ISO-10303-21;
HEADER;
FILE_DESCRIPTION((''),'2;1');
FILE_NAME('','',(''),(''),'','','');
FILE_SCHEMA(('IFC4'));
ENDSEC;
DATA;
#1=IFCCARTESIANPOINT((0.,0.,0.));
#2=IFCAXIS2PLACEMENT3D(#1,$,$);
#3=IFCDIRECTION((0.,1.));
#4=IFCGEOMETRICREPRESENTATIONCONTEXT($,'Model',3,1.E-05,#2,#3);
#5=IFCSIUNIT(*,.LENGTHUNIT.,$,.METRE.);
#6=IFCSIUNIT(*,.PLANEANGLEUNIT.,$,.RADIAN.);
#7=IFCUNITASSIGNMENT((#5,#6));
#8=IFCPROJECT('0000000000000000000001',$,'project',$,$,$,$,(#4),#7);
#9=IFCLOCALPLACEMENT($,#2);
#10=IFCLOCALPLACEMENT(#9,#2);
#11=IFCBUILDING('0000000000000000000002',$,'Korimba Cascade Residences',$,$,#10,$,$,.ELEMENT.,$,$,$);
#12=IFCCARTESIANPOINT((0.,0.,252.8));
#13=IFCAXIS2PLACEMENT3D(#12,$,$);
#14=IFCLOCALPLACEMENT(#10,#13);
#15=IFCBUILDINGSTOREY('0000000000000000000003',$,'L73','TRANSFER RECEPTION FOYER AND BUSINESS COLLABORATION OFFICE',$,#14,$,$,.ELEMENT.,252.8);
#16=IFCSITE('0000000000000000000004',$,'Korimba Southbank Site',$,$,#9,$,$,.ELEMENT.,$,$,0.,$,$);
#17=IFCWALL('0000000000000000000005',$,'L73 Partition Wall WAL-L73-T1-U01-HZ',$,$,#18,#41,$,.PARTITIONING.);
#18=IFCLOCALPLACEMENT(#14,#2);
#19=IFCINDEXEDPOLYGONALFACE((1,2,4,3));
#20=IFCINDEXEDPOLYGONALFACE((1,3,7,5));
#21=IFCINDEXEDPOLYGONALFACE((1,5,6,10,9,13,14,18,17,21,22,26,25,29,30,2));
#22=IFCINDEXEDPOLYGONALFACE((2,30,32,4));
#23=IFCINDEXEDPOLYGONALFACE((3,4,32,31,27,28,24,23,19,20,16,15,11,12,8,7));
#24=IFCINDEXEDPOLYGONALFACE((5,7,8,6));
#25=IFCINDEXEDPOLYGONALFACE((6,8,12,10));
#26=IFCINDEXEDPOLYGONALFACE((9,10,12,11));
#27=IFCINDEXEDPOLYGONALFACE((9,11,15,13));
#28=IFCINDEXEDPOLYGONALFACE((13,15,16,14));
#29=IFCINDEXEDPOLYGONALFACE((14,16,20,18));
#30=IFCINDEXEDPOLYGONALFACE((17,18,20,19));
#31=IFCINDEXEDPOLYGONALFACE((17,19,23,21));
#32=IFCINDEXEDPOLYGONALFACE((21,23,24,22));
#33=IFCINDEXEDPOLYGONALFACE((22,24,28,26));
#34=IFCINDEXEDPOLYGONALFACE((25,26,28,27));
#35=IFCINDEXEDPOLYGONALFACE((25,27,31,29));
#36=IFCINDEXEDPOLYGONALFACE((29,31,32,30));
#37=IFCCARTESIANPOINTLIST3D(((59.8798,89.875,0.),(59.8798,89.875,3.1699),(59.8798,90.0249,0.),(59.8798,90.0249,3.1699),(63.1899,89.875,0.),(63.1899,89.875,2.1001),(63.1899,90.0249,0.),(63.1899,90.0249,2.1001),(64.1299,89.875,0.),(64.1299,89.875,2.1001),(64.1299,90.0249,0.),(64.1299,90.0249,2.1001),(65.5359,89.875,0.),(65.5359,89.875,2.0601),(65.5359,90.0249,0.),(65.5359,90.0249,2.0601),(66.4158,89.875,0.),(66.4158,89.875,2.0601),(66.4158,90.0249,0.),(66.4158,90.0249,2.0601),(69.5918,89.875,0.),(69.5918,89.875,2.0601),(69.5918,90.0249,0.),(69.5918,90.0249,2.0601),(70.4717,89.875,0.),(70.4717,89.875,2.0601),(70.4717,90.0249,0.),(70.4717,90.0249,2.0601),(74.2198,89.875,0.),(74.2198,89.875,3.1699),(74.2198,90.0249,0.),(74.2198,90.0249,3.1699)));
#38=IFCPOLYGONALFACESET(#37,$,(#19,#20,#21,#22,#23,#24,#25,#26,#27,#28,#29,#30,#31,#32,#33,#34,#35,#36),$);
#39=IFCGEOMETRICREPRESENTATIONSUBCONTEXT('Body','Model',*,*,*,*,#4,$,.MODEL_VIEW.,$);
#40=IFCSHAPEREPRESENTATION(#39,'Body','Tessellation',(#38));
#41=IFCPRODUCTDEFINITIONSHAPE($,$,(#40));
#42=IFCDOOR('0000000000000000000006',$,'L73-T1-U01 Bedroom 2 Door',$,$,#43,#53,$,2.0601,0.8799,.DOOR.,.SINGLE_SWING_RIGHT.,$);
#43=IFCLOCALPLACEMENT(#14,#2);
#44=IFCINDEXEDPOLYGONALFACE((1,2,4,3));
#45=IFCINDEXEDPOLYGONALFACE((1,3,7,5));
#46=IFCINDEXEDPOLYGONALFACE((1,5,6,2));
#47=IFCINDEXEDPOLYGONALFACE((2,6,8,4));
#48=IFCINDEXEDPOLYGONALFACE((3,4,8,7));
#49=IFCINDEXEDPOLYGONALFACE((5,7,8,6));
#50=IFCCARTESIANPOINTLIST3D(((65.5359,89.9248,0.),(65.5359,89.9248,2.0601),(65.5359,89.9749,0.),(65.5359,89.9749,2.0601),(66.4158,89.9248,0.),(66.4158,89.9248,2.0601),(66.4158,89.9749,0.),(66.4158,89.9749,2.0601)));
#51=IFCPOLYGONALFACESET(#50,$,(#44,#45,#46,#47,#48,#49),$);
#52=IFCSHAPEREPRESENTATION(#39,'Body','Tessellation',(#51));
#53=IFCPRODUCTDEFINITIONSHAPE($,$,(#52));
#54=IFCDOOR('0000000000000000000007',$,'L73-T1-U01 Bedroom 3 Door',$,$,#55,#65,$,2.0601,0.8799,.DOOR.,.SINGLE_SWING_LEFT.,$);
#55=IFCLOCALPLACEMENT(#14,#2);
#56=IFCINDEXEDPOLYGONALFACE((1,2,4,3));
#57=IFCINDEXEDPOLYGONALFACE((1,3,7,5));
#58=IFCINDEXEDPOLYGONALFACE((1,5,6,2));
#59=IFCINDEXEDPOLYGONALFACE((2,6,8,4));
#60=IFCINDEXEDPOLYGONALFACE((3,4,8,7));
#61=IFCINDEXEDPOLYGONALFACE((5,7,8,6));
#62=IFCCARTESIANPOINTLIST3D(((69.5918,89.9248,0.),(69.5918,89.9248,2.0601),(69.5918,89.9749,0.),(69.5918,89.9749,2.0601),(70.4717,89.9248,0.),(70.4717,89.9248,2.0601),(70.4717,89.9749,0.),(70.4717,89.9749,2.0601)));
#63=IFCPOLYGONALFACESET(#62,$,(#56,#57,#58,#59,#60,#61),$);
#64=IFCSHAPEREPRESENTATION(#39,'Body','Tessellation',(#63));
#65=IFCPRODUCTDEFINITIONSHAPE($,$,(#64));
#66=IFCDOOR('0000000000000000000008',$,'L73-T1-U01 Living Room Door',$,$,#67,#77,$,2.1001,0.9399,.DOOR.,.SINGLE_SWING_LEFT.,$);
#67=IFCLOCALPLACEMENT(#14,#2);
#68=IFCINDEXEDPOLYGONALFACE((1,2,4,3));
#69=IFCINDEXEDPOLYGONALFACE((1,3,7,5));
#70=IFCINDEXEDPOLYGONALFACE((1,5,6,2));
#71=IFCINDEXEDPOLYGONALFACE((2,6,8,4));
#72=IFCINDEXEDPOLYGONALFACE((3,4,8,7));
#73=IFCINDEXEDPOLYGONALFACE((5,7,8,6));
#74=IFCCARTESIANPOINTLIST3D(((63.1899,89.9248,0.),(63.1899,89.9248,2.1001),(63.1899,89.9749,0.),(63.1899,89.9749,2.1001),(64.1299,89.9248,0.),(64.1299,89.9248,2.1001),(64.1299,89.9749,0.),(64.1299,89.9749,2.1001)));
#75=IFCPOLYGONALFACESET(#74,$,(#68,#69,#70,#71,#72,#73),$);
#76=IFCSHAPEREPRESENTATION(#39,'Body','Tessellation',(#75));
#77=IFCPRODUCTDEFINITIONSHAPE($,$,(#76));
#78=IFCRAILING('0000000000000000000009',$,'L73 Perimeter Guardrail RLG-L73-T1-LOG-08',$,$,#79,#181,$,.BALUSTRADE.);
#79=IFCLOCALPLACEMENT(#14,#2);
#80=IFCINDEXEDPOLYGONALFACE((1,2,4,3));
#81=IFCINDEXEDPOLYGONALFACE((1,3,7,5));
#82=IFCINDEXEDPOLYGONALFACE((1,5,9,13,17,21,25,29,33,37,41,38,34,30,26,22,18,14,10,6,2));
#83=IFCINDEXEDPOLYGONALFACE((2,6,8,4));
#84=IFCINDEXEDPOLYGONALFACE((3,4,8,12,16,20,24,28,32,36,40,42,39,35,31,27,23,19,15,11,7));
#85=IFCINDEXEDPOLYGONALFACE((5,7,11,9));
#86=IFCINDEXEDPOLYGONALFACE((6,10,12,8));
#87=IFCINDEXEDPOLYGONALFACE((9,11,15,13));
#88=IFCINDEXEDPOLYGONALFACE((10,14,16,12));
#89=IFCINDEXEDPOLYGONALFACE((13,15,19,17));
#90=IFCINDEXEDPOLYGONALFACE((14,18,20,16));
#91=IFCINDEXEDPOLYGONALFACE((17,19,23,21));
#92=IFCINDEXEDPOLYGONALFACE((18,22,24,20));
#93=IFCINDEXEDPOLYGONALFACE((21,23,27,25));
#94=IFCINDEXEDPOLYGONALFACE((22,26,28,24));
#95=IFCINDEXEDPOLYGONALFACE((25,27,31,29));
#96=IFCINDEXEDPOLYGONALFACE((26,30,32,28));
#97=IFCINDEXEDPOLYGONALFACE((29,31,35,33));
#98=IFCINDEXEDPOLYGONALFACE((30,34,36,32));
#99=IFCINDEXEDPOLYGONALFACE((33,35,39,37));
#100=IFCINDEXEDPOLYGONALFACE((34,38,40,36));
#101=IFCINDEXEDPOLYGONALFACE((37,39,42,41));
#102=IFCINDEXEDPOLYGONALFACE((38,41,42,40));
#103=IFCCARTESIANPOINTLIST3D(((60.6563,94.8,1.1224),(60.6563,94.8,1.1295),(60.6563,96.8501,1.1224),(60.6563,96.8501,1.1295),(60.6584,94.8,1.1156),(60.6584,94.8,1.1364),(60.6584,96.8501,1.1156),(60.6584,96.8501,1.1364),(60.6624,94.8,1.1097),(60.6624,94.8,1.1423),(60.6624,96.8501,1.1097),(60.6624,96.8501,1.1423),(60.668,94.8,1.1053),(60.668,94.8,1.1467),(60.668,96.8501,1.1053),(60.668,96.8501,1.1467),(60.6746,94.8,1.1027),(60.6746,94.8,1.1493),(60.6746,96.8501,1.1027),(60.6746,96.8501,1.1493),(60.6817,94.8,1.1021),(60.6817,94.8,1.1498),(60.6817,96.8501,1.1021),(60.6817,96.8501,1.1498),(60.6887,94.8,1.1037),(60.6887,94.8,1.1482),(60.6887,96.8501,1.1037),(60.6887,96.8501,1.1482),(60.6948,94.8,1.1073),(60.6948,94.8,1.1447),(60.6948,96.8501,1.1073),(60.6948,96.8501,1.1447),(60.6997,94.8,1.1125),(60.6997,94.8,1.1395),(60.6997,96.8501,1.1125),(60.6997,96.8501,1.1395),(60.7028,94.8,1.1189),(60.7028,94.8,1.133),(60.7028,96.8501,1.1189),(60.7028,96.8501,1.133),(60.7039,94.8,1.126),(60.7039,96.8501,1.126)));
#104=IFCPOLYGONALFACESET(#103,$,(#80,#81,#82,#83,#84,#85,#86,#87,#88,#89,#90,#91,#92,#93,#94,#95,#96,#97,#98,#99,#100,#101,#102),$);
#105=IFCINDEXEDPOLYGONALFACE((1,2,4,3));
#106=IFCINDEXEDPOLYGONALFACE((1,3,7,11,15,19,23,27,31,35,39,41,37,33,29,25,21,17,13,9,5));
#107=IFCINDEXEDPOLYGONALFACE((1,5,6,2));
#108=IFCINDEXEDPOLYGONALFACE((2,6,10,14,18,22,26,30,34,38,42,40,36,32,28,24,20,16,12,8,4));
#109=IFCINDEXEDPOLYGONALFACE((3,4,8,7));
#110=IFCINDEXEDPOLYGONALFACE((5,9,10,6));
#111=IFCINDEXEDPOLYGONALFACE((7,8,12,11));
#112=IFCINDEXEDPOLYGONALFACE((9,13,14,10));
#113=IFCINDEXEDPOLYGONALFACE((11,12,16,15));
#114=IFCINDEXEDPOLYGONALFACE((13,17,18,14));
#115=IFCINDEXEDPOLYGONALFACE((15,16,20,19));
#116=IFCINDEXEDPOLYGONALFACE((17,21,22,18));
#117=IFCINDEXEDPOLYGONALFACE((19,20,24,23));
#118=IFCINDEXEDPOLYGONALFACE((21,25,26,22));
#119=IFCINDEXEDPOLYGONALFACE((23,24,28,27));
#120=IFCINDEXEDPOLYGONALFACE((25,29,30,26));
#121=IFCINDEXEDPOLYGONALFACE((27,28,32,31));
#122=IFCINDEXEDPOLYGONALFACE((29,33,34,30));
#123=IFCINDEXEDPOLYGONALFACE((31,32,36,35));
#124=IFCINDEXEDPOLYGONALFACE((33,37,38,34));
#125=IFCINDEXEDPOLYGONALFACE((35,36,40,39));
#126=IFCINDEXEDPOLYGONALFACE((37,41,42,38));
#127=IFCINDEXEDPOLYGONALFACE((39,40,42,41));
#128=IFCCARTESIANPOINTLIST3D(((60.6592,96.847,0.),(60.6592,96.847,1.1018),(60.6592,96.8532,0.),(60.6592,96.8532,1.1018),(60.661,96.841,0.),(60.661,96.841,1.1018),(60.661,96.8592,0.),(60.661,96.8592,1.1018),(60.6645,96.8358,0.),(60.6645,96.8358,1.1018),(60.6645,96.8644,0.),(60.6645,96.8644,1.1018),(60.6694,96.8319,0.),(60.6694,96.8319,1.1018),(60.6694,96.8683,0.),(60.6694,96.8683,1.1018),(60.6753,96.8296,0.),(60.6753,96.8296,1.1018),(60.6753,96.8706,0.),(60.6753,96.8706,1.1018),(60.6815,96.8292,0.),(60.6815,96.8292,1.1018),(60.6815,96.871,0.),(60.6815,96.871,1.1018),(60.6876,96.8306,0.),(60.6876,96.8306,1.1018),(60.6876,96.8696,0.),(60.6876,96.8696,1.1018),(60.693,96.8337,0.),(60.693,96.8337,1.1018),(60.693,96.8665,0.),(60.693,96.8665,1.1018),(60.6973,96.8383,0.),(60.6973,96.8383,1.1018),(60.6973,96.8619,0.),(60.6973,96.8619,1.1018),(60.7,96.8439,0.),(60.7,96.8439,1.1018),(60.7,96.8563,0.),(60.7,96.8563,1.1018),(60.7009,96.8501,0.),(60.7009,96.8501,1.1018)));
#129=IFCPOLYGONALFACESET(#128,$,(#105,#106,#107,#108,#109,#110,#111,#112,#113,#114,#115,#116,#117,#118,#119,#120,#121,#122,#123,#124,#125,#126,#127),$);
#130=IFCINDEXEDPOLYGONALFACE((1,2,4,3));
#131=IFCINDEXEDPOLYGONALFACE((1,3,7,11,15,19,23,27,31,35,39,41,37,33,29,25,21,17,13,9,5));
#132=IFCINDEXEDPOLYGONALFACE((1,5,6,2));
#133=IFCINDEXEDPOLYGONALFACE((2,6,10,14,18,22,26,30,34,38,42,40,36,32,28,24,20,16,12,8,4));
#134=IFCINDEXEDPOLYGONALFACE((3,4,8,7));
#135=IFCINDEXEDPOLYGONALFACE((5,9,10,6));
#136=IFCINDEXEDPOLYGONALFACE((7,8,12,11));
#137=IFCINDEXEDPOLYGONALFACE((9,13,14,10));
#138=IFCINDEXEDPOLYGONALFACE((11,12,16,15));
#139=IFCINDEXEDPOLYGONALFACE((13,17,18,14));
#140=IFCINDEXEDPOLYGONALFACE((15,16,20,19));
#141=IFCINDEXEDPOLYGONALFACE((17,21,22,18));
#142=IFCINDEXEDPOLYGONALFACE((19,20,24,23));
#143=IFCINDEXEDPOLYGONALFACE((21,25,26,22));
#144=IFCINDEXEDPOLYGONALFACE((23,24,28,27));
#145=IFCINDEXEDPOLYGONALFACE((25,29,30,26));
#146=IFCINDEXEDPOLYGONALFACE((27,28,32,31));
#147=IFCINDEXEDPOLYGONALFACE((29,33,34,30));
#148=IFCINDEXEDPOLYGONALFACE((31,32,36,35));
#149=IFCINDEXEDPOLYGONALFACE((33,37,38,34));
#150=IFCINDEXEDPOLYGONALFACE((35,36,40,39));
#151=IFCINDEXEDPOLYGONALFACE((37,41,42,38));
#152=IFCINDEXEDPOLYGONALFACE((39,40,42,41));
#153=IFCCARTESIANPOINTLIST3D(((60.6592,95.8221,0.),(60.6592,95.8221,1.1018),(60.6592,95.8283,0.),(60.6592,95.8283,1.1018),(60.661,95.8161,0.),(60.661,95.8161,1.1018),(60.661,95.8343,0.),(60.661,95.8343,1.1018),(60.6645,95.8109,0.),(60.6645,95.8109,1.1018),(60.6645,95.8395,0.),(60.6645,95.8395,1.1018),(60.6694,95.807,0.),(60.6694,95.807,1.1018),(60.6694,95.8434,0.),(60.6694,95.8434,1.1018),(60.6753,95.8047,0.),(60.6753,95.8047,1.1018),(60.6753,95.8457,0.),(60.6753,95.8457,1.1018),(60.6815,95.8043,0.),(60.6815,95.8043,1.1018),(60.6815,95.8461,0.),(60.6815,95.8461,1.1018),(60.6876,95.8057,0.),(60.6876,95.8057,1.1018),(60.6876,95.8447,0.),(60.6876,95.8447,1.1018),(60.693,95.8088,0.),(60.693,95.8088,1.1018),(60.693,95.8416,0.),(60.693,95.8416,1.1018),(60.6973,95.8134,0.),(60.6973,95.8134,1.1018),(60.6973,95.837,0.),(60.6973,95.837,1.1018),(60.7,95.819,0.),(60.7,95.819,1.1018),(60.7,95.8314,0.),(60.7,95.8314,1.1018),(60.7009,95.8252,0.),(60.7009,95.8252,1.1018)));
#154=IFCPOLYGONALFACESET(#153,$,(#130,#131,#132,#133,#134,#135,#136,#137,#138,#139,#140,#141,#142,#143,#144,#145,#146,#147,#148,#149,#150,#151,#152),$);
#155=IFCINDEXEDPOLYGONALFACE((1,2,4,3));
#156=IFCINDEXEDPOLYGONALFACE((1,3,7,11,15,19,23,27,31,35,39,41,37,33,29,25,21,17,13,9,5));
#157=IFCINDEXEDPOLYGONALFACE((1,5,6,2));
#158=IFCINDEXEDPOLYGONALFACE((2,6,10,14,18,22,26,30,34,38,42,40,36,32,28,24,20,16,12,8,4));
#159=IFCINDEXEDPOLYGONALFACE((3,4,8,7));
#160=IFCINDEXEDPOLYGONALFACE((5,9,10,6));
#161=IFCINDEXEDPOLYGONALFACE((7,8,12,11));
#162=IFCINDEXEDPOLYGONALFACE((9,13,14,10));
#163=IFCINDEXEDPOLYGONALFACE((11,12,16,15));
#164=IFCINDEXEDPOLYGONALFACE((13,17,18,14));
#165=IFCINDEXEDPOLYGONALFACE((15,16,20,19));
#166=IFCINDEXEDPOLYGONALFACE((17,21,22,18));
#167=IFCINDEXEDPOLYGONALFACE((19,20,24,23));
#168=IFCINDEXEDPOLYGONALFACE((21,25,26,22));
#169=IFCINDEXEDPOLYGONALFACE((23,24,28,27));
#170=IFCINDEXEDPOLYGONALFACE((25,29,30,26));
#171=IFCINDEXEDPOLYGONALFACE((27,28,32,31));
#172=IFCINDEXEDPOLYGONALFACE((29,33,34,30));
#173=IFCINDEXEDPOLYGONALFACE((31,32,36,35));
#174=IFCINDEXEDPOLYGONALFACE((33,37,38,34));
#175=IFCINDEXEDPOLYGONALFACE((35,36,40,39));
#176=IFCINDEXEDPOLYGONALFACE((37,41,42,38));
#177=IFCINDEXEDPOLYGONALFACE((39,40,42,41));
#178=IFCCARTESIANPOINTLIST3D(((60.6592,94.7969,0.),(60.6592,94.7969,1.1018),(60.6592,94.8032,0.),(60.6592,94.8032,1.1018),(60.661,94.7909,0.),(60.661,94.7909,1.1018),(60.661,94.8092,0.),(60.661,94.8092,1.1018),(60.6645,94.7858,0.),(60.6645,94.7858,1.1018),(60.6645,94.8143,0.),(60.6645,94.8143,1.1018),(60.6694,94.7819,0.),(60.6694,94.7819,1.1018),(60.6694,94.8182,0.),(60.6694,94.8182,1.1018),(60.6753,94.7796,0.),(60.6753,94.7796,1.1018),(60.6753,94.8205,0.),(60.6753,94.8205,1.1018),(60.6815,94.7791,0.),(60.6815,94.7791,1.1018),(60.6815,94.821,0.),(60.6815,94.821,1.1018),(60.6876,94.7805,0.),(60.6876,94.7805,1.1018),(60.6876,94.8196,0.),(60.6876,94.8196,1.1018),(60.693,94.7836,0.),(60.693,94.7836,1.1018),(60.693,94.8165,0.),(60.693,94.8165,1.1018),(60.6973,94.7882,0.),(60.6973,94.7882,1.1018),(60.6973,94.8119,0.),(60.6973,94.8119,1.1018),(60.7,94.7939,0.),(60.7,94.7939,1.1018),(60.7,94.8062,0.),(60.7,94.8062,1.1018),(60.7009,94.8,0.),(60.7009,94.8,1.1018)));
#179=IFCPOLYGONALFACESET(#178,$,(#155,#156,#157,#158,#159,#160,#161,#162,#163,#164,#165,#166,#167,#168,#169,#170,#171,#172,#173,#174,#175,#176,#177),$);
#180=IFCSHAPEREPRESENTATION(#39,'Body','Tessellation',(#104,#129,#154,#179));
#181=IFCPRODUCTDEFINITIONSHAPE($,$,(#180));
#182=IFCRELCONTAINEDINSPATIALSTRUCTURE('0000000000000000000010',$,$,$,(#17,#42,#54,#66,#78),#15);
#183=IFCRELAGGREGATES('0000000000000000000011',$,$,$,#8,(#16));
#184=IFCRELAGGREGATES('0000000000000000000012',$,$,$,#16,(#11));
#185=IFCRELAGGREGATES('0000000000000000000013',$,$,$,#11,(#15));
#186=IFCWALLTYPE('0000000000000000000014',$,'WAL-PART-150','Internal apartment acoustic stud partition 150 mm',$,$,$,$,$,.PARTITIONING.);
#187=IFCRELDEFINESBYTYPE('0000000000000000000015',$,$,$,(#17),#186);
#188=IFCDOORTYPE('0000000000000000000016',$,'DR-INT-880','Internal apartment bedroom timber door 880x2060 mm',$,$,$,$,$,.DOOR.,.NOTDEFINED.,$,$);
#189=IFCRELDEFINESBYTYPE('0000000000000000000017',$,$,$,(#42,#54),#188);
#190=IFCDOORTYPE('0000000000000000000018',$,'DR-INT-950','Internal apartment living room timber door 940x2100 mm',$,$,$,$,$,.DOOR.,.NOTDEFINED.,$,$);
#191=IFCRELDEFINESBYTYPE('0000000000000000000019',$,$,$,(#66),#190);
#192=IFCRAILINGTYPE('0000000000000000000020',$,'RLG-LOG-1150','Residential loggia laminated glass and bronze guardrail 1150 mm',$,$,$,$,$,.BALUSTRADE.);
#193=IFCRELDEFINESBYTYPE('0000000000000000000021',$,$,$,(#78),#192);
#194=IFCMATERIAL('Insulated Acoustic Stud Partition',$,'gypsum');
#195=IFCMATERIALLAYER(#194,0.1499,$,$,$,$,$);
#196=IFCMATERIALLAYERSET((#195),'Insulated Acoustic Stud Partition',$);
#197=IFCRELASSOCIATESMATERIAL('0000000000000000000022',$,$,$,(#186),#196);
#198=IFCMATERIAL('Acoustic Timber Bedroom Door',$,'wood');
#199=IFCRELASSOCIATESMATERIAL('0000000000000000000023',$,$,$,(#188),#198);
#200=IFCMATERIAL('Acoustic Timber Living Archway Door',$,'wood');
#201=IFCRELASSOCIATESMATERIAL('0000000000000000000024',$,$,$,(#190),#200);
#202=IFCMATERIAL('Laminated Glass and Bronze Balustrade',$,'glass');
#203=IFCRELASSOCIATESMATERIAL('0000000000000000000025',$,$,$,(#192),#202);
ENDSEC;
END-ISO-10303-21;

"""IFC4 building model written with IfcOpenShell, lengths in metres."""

from ifc_helpers import new_model, si_unit, direction, frame, frame_2d, origin, origin_2d, place, context, subcontext, project, spatial, rectangle, circle, extrude, material, layer, layer_set, type_object, element, fill, save


model = new_model("IFC4")

# Units and contexts
model_context = context("Model", 3, precision=1e-05, world=origin(), true_north=direction((0.0, 1.0)))
body_context = subcontext(model_context, "Body", "Model", "MODEL_VIEW")
ifc_project = project(units=[si_unit("LENGTHUNIT", "METRE"), si_unit("PLANEANGLEUNIT", "RADIAN")], contexts=[model_context])

# Site, building, storey
site_placement = place(None, origin())
site = spatial("IfcSite", under=ifc_project, at=site_placement, Name="Korimba Southbank Site", CompositionType="ELEMENT", RefElevation=0.0)
building_placement = place(site_placement, origin())
building = spatial("IfcBuilding", under=site, at=building_placement, Name="Korimba Cascade Residences", CompositionType="ELEMENT")
storey_placement = place(building_placement, frame((0.0, 0.0, 252.8)))
storey = spatial("IfcBuildingStorey", under=building, at=storey_placement, Name="L73", Description="TRANSFER RECEPTION FOYER AND BUSINESS COLLABORATION OFFICE", CompositionType="ELEMENT", Elevation=252.8)

# Shared definitions
ifc_material_1 = material(Name="Insulated Acoustic Stud Partition", Category="gypsum")
ifc_layer_1 = layer(ifc_material_1, 0.1499)
ifc_layer_set_1 = layer_set([ifc_layer_1], Name="Insulated Acoustic Stud Partition")
wall_type_1 = type_object("IfcWallType", Name="WAL-PART-150", Description="Internal apartment acoustic stud partition 150 mm", PredefinedType="PARTITIONING", material=ifc_layer_set_1)

# Wall, openings, doors
wall_1_placement = place(storey_placement, frame((59.8799, 89.95, 0.0), z_axis=(0.0, 0.0, 1.0), x_axis=(1.0, 0.0, 0.0)))
wall_1 = element("IfcWall", 1, at=wall_1_placement, inside=storey, type_object=wall_type_1, Name="L73 Partition Wall WAL-L73-T1-U01-HZ", PredefinedType="PARTITIONING", context=body_context, shape_type="SweptSolid", body=[
    extrude(rectangle(XDim=14.3401, YDim=0.1499, at=frame_2d((7.1699, 0.0))), origin(), (0.0, 0.0, 1.0), 3.1699),
])
opening_1_placement = place(wall_1_placement, frame((3.3101, 0.0, 0.0)))
opening_1 = element("IfcOpeningElement", 2, at=opening_1_placement, cuts=wall_1, PredefinedType="OPENING", context=body_context, shape_type="SweptSolid", body=[
    extrude(rectangle(XDim=0.9399, YDim=2.1001, at=frame_2d((0.47, 1.05))), frame((0.0, 0.085, 0.0), z_axis=(0.0, -1.0, 0.0), x_axis=(1.0, 0.0, 0.0)), (0.0, 0.0, 1.0), 0.1699),
])
opening_2_placement = place(wall_1_placement, frame((5.656, 0.0, 0.0)))
opening_2 = element("IfcOpeningElement", 3, at=opening_2_placement, cuts=wall_1, PredefinedType="OPENING", context=body_context, shape_type="SweptSolid", body=[
    extrude(rectangle(XDim=0.8799, YDim=2.0601, at=frame_2d((0.4399, 1.03))), frame((0.0, 0.085, 0.0), z_axis=(0.0, -1.0, 0.0), x_axis=(1.0, 0.0, 0.0)), (0.0, 0.0, 1.0), 0.1699),
])
opening_3_placement = place(wall_1_placement, frame((9.7119, 0.0, 0.0)))
opening_3 = element("IfcOpeningElement", 4, at=opening_3_placement, cuts=wall_1, PredefinedType="OPENING", context=body_context, shape_type="SweptSolid", body=[
    extrude(rectangle(XDim=0.8799, YDim=2.0601, at=frame_2d((0.4399, 1.03))), frame((0.0, 0.085, 0.0), z_axis=(0.0, -1.0, 0.0), x_axis=(1.0, 0.0, 0.0)), (0.0, 0.0, 1.0), 0.1699),
])
ifc_material_2 = material(Name="Acoustic Timber Bedroom Door", Category="wood")
door_type_1 = type_object("IfcDoorType", Name="DR-INT-880", Description="Internal apartment bedroom timber door 880x2060 mm", OperationType="NOTDEFINED", PredefinedType="DOOR", material=ifc_material_2)
door_1_placement = place(opening_2_placement, origin())
door_1 = element("IfcDoor", 5, at=door_1_placement, inside=storey, type_object=door_type_1, Name="L73-T1-U01 Bedroom 2 Door", OperationType="SINGLE_SWING_RIGHT", OverallHeight=2.0601, OverallWidth=0.8799, PredefinedType="DOOR", context=body_context, shape_type="SweptSolid", body=[
    extrude(rectangle(XDim=0.8799, YDim=2.0601, at=frame_2d((0.4399, 1.03))), frame((0.0, 0.0249, 0.0), z_axis=(0.0, -1.0, 0.0), x_axis=(1.0, 0.0, 0.0)), (0.0, 0.0, 1.0), 0.05),
])
fill(opening_2, door_1)
door_2_placement = place(opening_3_placement, origin())
door_2 = element("IfcDoor", 6, at=door_2_placement, inside=storey, type_object=door_type_1, Name="L73-T1-U01 Bedroom 3 Door", OperationType="SINGLE_SWING_LEFT", OverallHeight=2.0601, OverallWidth=0.8799, PredefinedType="DOOR", context=body_context, shape_type="SweptSolid", body=[
    extrude(rectangle(XDim=0.8799, YDim=2.0601, at=frame_2d((0.4399, 1.03))), frame((0.0, 0.0249, 0.0), z_axis=(0.0, -1.0, 0.0), x_axis=(1.0, 0.0, 0.0)), (0.0, 0.0, 1.0), 0.05),
])
fill(opening_3, door_2)
ifc_material_3 = material(Name="Acoustic Timber Living Archway Door", Category="wood")
door_type_2 = type_object("IfcDoorType", Name="DR-INT-950", Description="Internal apartment living room timber door 940x2100 mm", OperationType="NOTDEFINED", PredefinedType="DOOR", material=ifc_material_3)
door_3_placement = place(opening_1_placement, origin())
door_3 = element("IfcDoor", 7, at=door_3_placement, inside=storey, type_object=door_type_2, Name="L73-T1-U01 Living Room Door", OperationType="SINGLE_SWING_LEFT", OverallHeight=2.1001, OverallWidth=0.9399, PredefinedType="DOOR", context=body_context, shape_type="SweptSolid", body=[
    extrude(rectangle(XDim=0.9399, YDim=2.1001, at=frame_2d((0.47, 1.05))), frame((0.0, 0.0249, 0.0), z_axis=(0.0, -1.0, 0.0), x_axis=(1.0, 0.0, 0.0)), (0.0, 0.0, 1.0), 0.05),
])
fill(opening_1, door_3)

# Railing
ifc_material_4 = material(Name="Laminated Glass and Bronze Balustrade", Category="glass")
railing_type = type_object("IfcRailingType", Name="RLG-LOG-1150", Description="Residential loggia laminated glass and bronze guardrail 1150 mm", PredefinedType="BALUSTRADE", material=ifc_material_4)
railing_1_placement = place(storey_placement, frame((60.6799, 96.8501, 0.0)))
element("IfcRailing", 8, at=railing_1_placement, inside=storey, type_object=railing_type, Name="L73 Perimeter Guardrail RLG-L73-T1-LOG-08", PredefinedType="BALUSTRADE", context=body_context, shape_type="SweptSolid", body=[
    extrude(circle(Radius=0.0239, at=origin_2d()), frame((0.0, 0.0, 1.126), z_axis=(0.0, -1.0, 0.0), x_axis=(1.0, 0.0, 0.0)), (0.0, 0.0, 1.0), 2.05),
    extrude(circle(Radius=0.021, at=origin_2d()), origin(), (0.0, 0.0, 1.0), 1.1018),
    extrude(circle(Radius=0.021, at=origin_2d()), frame((0.0, -1.0249, 0.0)), (0.0, 0.0, 1.0), 1.1018),
    extrude(circle(Radius=0.021, at=origin_2d()), frame((0.0, -2.05, 0.0)), (0.0, 0.0, 1.0), 1.1018),
])

save(model, "model.ifc")
